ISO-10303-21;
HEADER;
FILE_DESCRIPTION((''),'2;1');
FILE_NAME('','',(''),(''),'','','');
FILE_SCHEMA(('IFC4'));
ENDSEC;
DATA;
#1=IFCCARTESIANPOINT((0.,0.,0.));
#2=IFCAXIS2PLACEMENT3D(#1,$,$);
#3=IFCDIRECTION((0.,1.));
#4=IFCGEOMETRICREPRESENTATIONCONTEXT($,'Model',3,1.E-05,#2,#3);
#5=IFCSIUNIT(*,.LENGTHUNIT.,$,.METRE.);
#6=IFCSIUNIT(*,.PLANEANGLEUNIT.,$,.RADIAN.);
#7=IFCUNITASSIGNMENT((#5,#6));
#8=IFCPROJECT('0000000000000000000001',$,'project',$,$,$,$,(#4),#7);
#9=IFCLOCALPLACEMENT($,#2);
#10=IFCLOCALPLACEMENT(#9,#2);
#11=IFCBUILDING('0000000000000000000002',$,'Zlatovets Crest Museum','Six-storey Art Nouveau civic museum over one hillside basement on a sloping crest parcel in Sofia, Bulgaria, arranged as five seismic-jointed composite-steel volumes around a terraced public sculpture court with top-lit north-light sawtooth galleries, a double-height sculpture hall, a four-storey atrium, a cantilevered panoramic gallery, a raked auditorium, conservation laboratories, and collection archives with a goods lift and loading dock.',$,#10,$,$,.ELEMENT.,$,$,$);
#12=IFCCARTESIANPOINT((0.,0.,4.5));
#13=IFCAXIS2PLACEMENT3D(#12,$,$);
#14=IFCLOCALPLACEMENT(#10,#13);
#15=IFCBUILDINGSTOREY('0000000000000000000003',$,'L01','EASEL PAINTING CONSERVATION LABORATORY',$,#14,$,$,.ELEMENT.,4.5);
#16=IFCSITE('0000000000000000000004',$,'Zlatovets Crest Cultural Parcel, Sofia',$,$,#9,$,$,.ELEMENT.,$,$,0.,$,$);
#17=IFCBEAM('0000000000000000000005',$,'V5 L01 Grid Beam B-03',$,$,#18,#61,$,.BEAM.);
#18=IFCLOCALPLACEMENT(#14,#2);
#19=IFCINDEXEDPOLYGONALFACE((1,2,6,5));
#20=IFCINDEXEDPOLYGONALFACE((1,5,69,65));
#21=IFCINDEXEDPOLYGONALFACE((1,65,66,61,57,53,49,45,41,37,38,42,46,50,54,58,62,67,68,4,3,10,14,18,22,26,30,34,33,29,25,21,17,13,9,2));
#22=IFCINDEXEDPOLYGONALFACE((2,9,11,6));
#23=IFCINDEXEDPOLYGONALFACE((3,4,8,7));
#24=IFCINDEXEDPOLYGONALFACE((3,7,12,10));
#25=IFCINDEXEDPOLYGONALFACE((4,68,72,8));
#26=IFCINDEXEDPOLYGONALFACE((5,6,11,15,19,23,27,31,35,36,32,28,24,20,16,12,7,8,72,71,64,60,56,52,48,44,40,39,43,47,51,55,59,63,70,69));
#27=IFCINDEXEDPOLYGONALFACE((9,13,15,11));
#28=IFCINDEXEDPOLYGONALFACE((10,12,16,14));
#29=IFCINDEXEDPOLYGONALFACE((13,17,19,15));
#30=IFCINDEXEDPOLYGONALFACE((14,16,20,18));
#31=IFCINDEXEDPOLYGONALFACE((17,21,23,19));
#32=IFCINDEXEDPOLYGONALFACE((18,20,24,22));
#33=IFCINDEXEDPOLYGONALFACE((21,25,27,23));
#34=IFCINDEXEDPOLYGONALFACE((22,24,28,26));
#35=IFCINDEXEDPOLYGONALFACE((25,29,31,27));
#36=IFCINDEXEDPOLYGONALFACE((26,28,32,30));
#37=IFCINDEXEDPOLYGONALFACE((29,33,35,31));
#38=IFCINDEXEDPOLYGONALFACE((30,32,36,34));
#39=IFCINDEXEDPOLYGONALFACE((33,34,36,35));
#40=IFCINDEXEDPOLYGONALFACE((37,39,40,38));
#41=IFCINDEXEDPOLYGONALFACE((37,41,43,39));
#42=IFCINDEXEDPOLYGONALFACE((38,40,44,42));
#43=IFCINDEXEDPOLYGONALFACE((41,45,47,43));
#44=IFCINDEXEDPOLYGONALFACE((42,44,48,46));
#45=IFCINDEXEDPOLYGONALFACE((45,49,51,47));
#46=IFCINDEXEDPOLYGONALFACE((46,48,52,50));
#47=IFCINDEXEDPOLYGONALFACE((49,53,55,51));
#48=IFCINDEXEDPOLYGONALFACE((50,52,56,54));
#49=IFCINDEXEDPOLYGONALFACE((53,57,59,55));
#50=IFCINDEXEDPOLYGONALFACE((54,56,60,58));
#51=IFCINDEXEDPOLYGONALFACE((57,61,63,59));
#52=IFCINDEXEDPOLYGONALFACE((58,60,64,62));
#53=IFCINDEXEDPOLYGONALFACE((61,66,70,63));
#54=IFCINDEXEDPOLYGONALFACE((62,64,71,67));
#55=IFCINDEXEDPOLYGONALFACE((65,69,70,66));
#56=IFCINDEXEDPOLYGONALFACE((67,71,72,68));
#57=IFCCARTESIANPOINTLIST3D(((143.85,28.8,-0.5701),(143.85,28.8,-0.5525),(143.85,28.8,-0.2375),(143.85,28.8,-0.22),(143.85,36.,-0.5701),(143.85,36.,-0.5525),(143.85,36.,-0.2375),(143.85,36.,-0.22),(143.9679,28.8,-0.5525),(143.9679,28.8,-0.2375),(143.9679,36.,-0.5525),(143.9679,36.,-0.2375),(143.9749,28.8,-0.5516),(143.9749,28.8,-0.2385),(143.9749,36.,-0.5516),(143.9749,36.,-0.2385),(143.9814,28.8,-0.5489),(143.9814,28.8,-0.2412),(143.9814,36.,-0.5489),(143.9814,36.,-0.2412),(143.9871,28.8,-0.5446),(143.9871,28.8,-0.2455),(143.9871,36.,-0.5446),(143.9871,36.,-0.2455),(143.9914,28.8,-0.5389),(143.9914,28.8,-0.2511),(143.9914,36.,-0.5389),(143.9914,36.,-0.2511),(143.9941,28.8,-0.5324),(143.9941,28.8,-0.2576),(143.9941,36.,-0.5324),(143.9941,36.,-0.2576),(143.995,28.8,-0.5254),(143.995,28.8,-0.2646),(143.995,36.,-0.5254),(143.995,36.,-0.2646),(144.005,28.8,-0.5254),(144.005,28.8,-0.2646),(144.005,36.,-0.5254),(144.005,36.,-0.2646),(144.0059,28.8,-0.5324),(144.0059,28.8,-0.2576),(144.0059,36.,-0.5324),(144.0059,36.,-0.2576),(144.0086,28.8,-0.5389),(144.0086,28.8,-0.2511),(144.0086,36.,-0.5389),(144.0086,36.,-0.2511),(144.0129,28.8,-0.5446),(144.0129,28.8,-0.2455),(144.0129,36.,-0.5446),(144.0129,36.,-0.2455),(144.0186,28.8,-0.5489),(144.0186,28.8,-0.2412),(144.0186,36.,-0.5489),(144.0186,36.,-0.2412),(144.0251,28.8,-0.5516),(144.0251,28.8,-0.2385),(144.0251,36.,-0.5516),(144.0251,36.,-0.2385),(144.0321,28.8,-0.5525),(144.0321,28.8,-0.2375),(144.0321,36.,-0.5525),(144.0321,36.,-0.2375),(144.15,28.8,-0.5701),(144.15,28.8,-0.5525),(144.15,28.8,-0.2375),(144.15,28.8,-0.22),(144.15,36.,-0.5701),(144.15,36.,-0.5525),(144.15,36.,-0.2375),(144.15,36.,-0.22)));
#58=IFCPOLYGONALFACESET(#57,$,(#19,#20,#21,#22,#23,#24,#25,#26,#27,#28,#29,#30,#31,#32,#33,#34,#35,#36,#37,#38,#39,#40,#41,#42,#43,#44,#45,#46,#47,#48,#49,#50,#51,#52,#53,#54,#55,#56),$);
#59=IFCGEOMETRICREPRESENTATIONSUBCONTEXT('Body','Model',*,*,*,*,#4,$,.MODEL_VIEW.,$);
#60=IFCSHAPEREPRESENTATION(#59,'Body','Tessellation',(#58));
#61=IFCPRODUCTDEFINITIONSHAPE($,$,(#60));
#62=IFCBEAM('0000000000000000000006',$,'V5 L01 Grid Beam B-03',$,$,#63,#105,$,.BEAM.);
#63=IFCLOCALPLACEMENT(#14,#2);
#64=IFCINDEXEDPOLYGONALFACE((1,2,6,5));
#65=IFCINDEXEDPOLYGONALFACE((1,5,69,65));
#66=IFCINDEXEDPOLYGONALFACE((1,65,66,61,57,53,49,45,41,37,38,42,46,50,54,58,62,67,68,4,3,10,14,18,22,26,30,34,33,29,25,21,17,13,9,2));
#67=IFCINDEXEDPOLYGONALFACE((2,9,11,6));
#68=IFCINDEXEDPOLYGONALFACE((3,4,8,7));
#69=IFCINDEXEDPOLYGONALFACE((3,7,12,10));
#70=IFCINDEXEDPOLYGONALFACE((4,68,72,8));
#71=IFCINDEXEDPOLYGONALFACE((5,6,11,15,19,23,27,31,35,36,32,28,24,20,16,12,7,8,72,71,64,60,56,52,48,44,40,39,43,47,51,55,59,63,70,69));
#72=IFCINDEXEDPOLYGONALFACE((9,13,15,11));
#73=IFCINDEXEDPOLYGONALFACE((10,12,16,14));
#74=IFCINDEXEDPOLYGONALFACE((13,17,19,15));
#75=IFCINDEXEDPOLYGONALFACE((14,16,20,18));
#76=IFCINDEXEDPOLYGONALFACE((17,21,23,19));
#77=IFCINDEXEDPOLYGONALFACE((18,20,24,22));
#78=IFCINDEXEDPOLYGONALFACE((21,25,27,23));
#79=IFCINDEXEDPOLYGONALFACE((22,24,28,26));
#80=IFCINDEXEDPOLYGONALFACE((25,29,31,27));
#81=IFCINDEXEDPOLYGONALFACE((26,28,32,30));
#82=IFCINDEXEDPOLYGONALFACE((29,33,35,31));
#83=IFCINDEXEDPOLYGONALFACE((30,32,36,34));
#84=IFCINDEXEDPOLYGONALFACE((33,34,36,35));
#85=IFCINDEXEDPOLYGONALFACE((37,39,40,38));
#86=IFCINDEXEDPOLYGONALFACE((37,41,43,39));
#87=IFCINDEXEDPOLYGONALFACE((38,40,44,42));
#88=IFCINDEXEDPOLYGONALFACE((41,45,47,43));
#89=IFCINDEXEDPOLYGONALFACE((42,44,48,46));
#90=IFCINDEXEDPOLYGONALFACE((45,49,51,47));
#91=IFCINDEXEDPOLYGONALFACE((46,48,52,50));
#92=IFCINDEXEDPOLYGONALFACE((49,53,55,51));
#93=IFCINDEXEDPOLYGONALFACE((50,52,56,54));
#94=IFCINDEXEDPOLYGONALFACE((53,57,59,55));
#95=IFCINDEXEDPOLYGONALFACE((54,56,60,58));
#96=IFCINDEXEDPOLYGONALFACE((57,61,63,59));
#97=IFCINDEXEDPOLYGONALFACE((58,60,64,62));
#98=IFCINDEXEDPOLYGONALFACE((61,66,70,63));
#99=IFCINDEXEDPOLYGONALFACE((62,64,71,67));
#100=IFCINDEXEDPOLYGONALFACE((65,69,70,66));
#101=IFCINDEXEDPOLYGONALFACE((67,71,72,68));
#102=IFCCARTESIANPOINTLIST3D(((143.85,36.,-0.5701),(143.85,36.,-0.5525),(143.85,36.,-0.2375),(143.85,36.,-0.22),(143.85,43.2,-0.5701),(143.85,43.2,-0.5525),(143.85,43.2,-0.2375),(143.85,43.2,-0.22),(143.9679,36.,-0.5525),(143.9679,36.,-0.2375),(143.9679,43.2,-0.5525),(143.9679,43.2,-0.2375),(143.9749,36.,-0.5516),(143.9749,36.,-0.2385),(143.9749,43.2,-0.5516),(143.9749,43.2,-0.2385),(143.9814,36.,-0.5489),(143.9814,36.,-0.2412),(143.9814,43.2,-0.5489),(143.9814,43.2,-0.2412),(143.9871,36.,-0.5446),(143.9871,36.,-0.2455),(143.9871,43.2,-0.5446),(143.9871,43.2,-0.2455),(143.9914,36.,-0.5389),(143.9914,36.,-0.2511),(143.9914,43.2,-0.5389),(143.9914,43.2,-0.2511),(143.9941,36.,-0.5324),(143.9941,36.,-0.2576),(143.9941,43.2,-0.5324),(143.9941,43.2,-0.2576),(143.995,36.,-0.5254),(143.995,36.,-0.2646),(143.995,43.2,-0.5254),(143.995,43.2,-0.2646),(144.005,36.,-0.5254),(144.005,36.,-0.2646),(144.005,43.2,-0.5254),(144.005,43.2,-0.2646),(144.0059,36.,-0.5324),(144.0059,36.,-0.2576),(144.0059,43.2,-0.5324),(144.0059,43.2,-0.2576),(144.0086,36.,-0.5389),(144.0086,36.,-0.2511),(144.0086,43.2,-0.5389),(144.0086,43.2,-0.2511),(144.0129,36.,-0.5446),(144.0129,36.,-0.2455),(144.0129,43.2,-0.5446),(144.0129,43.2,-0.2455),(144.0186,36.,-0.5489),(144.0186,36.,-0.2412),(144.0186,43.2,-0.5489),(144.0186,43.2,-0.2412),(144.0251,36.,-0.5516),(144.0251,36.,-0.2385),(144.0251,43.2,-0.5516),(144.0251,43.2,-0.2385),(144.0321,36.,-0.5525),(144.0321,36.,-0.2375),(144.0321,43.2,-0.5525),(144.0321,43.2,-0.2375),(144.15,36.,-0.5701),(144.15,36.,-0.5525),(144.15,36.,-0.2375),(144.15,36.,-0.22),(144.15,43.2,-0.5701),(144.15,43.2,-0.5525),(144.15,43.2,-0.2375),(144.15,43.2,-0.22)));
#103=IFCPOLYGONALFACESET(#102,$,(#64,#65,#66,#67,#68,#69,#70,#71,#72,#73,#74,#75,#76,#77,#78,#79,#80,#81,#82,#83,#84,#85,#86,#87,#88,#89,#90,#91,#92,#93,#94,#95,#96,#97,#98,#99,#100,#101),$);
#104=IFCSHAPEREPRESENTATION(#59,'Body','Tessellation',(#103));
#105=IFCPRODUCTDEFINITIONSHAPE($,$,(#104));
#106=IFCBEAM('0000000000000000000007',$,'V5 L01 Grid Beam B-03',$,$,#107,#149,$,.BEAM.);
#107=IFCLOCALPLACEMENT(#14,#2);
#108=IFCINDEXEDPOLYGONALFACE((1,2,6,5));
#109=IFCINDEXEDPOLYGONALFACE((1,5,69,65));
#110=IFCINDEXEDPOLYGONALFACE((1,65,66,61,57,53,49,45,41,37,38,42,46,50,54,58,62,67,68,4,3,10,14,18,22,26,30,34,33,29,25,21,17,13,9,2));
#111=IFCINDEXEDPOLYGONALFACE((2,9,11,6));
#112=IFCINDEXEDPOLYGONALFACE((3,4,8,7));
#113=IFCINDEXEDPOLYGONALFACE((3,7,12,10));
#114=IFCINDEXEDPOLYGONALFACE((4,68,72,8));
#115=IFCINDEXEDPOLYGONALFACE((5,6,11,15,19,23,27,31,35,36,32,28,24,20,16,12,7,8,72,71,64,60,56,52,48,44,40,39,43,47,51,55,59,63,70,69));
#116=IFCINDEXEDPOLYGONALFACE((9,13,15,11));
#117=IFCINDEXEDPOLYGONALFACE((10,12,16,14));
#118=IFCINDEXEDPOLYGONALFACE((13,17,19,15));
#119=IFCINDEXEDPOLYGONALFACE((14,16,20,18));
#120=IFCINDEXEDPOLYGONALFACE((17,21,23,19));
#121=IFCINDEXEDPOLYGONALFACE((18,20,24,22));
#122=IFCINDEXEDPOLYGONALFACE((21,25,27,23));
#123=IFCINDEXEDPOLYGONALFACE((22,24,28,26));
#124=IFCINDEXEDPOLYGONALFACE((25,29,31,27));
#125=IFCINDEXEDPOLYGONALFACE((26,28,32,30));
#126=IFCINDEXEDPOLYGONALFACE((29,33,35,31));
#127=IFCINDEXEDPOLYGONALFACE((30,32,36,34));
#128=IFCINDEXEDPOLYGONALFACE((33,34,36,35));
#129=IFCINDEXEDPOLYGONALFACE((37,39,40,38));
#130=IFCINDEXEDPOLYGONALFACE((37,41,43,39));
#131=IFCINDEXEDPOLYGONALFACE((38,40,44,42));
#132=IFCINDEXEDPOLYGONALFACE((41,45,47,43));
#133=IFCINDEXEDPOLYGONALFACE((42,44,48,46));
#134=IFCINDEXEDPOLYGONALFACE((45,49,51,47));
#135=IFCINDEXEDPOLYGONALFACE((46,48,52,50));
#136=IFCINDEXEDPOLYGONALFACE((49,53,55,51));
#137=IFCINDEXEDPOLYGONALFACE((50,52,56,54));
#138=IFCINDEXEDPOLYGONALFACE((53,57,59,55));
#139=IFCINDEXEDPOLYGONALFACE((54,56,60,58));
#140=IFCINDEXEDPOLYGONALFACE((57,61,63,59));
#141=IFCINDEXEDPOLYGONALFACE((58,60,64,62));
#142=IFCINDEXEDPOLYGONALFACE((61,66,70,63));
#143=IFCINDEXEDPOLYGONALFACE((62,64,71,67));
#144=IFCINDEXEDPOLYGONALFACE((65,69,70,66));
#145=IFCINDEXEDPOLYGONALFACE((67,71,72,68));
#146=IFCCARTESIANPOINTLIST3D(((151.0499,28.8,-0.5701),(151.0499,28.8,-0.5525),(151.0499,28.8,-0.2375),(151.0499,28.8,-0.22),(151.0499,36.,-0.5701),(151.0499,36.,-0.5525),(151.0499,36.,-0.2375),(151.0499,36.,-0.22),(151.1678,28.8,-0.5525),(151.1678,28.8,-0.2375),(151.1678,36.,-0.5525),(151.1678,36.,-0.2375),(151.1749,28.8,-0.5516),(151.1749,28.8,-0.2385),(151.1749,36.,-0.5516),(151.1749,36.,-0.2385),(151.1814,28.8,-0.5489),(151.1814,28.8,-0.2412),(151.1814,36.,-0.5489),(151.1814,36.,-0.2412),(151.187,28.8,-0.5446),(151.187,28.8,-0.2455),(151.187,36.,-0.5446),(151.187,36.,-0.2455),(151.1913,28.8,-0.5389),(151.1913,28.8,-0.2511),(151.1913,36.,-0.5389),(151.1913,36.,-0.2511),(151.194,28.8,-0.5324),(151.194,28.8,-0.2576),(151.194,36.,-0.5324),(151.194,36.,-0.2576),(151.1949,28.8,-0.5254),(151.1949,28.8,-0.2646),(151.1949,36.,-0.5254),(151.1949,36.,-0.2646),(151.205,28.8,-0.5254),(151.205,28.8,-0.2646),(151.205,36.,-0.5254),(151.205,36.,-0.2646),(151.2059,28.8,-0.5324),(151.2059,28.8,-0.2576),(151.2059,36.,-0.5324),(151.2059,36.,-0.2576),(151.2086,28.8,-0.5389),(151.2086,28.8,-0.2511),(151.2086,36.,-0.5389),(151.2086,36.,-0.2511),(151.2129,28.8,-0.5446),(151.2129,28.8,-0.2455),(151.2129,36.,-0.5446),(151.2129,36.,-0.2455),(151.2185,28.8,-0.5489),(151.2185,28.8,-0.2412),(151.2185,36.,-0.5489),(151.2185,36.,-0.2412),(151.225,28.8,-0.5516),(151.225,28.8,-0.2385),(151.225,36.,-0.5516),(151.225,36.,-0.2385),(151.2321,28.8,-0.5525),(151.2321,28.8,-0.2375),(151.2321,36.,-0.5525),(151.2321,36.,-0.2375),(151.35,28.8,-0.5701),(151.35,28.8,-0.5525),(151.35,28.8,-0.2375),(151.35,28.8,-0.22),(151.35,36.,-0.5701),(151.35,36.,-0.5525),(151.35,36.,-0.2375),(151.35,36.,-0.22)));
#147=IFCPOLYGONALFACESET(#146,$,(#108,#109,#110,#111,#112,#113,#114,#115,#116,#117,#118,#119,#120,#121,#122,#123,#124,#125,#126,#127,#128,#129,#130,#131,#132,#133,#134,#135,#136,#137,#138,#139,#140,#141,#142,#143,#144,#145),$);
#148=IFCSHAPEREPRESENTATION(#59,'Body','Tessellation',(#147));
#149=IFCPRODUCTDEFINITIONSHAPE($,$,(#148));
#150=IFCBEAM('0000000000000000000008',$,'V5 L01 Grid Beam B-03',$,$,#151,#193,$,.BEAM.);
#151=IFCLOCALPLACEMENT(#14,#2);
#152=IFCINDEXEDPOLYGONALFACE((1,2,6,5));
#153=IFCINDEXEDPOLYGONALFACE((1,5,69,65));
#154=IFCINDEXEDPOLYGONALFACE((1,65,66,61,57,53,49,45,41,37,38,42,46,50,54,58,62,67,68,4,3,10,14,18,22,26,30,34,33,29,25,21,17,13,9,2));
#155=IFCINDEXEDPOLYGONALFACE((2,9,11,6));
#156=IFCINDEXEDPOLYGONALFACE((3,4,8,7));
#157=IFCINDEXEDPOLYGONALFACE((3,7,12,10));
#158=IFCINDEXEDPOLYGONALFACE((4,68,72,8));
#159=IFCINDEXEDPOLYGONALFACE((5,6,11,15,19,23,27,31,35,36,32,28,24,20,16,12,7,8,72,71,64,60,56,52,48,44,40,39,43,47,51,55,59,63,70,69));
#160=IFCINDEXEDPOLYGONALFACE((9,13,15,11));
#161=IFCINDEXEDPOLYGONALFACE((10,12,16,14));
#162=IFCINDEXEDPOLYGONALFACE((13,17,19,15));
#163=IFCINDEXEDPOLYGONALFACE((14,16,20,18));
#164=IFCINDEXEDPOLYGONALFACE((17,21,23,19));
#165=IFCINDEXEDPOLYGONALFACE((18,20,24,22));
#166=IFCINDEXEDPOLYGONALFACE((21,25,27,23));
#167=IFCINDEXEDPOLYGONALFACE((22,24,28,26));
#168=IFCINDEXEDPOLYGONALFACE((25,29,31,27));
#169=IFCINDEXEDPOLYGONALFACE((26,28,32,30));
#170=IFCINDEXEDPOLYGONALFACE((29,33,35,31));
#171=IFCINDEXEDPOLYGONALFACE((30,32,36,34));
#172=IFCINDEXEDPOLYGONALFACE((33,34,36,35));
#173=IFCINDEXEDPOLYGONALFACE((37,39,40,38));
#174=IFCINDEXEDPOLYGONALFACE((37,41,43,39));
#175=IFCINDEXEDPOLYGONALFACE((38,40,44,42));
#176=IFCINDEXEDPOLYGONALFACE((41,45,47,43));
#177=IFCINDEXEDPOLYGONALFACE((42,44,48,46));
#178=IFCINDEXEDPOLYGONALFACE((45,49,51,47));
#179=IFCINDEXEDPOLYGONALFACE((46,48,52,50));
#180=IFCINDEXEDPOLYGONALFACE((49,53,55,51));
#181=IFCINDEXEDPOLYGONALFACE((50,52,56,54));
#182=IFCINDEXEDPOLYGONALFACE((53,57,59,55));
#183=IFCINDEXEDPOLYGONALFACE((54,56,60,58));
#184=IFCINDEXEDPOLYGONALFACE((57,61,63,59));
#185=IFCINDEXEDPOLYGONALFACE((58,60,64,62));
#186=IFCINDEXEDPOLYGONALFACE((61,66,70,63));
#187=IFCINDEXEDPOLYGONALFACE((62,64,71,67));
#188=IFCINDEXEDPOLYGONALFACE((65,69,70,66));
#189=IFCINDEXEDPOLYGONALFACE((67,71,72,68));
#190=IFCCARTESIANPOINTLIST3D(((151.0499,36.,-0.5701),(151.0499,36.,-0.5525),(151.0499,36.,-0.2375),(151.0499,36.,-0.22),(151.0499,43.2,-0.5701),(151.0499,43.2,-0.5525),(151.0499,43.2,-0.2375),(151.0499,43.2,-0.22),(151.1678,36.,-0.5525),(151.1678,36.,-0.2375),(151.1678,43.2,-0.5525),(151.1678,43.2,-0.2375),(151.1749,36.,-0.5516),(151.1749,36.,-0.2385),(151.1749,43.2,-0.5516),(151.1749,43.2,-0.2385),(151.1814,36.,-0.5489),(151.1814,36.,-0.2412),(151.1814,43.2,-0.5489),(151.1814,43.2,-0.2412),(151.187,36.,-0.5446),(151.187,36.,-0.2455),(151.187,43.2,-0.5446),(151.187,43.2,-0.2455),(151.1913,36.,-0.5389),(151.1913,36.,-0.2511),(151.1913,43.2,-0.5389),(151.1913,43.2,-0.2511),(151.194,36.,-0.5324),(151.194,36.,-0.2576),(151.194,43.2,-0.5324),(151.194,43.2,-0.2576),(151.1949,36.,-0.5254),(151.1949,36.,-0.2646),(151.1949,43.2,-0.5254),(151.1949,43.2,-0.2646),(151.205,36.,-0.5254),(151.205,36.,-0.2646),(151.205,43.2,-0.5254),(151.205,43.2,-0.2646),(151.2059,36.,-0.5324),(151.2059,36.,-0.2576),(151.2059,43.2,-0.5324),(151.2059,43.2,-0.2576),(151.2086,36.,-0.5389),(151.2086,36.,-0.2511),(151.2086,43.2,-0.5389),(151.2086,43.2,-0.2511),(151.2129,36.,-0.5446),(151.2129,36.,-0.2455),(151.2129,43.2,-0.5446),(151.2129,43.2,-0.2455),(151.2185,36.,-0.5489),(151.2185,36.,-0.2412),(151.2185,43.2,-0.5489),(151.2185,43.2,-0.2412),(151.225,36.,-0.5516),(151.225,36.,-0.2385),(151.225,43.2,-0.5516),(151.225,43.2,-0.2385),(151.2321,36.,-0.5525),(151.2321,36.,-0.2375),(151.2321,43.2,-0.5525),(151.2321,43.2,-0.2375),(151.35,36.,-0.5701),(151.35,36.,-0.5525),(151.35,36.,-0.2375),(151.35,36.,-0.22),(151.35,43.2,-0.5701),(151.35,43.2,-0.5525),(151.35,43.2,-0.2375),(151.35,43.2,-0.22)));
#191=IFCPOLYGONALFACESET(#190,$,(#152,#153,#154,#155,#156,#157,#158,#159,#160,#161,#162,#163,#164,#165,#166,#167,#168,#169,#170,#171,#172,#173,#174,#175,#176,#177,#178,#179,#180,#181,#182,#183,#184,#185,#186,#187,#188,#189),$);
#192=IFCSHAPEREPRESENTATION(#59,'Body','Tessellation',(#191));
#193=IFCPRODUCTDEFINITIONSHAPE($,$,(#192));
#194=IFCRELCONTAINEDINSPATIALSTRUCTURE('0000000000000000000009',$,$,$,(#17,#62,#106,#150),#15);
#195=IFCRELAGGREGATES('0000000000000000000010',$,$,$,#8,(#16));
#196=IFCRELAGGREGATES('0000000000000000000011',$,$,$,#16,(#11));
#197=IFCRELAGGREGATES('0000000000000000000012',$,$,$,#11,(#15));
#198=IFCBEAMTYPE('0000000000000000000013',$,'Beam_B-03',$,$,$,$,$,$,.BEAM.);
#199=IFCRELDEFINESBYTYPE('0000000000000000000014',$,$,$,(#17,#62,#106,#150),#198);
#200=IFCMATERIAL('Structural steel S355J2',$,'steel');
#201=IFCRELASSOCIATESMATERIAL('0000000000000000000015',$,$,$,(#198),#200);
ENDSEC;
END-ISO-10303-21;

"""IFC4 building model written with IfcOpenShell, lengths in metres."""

from ifc_helpers import new_model, si_unit, direction, frame, origin, origin_2d, place, context, subcontext, project, spatial, i_section, extrude, material, material_profile, profile_set, type_object, element, save


model = new_model("IFC4")

# Units and contexts
model_context = context("Model", 3, precision=1e-05, world=origin(), true_north=direction((0.0, 1.0)))
body_context = subcontext(model_context, "Body", "Model", "MODEL_VIEW")
ifc_project = project(units=[si_unit("LENGTHUNIT", "METRE"), si_unit("PLANEANGLEUNIT", "RADIAN")], contexts=[model_context])

# Site, building, storey
site_placement = place(None, origin())
site = spatial("IfcSite", under=ifc_project, at=site_placement, Name="Zlatovets Crest Cultural Parcel, Sofia", CompositionType="ELEMENT", RefElevation=0.0)
building_placement = place(site_placement, origin())
building = spatial("IfcBuilding", under=site, at=building_placement, Name="Zlatovets Crest Museum", Description="Six-storey Art Nouveau civic museum over one hillside basement on a sloping crest parcel in Sofia, Bulgaria, arranged as five seismic-jointed composite-steel volumes around a terraced public sculpture court with top-lit north-light sawtooth galleries, a double-height sculpture hall, a four-storey atrium, a cantilevered panoramic gallery, a raked auditorium, conservation laboratories, and collection archives with a goods lift and loading dock.", CompositionType="ELEMENT")
storey_placement = place(building_placement, frame((0.0, 0.0, 4.5)))
storey = spatial("IfcBuildingStorey", under=building, at=storey_placement, Name="L01", Description="EASEL PAINTING CONSERVATION LABORATORY", CompositionType="ELEMENT", Elevation=4.5)

# Shared definitions
ifc_material = material(Name="Structural steel S355J2", Category="steel")

# Beams
ifc_material_profile_1 = material_profile(ifc_material, i_section(OverallWidth=0.3, OverallDepth=0.3501, WebThickness=0.01, FlangeThickness=0.0176, FilletRadius=0.0271, at=origin_2d()), Name="HEA 360")
ifc_profile_set_1 = profile_set([ifc_material_profile_1], Name="Structural steel S355J2")
beam_type_1 = type_object("IfcBeamType", Name="Beam_B-03", PredefinedType="BEAM", material=ifc_profile_set_1)
for number, where, z_axis, x_axis, name in (
    (1, (144.0, 28.8, -0.395), (0.0, 1.0, 0.0), (-1.0, 0.0, 0.0), "V5 L01 Grid Beam B-03"),
    (2, (144.0, 36.0, -0.395), (0.0, 1.0, 0.0), (-1.0, 0.0, 0.0), "V5 L01 Grid Beam B-03"),
    (3, (151.2, 28.8, -0.395), (0.0, 1.0, 0.0), (-1.0, 0.0, 0.0), "V5 L01 Grid Beam B-03"),
    (4, (151.2, 36.0, -0.395), (0.0, 1.0, 0.0), (-1.0, 0.0, 0.0), "V5 L01 Grid Beam B-03"),
):
    element("IfcBeam", number, at=place(storey_placement, frame(where, z_axis=z_axis, x_axis=x_axis)), inside=storey, type_object=beam_type_1, Name=name, PredefinedType="BEAM", context=body_context, shape_type="SweptSolid", body=[
        extrude(i_section(OverallWidth=0.3, OverallDepth=0.3501, WebThickness=0.01, FlangeThickness=0.0176, FilletRadius=0.0271, at=origin_2d()), origin(), (0.0, 0.0, 1.0), 7.2),
    ])

save(model, "model.ifc")
